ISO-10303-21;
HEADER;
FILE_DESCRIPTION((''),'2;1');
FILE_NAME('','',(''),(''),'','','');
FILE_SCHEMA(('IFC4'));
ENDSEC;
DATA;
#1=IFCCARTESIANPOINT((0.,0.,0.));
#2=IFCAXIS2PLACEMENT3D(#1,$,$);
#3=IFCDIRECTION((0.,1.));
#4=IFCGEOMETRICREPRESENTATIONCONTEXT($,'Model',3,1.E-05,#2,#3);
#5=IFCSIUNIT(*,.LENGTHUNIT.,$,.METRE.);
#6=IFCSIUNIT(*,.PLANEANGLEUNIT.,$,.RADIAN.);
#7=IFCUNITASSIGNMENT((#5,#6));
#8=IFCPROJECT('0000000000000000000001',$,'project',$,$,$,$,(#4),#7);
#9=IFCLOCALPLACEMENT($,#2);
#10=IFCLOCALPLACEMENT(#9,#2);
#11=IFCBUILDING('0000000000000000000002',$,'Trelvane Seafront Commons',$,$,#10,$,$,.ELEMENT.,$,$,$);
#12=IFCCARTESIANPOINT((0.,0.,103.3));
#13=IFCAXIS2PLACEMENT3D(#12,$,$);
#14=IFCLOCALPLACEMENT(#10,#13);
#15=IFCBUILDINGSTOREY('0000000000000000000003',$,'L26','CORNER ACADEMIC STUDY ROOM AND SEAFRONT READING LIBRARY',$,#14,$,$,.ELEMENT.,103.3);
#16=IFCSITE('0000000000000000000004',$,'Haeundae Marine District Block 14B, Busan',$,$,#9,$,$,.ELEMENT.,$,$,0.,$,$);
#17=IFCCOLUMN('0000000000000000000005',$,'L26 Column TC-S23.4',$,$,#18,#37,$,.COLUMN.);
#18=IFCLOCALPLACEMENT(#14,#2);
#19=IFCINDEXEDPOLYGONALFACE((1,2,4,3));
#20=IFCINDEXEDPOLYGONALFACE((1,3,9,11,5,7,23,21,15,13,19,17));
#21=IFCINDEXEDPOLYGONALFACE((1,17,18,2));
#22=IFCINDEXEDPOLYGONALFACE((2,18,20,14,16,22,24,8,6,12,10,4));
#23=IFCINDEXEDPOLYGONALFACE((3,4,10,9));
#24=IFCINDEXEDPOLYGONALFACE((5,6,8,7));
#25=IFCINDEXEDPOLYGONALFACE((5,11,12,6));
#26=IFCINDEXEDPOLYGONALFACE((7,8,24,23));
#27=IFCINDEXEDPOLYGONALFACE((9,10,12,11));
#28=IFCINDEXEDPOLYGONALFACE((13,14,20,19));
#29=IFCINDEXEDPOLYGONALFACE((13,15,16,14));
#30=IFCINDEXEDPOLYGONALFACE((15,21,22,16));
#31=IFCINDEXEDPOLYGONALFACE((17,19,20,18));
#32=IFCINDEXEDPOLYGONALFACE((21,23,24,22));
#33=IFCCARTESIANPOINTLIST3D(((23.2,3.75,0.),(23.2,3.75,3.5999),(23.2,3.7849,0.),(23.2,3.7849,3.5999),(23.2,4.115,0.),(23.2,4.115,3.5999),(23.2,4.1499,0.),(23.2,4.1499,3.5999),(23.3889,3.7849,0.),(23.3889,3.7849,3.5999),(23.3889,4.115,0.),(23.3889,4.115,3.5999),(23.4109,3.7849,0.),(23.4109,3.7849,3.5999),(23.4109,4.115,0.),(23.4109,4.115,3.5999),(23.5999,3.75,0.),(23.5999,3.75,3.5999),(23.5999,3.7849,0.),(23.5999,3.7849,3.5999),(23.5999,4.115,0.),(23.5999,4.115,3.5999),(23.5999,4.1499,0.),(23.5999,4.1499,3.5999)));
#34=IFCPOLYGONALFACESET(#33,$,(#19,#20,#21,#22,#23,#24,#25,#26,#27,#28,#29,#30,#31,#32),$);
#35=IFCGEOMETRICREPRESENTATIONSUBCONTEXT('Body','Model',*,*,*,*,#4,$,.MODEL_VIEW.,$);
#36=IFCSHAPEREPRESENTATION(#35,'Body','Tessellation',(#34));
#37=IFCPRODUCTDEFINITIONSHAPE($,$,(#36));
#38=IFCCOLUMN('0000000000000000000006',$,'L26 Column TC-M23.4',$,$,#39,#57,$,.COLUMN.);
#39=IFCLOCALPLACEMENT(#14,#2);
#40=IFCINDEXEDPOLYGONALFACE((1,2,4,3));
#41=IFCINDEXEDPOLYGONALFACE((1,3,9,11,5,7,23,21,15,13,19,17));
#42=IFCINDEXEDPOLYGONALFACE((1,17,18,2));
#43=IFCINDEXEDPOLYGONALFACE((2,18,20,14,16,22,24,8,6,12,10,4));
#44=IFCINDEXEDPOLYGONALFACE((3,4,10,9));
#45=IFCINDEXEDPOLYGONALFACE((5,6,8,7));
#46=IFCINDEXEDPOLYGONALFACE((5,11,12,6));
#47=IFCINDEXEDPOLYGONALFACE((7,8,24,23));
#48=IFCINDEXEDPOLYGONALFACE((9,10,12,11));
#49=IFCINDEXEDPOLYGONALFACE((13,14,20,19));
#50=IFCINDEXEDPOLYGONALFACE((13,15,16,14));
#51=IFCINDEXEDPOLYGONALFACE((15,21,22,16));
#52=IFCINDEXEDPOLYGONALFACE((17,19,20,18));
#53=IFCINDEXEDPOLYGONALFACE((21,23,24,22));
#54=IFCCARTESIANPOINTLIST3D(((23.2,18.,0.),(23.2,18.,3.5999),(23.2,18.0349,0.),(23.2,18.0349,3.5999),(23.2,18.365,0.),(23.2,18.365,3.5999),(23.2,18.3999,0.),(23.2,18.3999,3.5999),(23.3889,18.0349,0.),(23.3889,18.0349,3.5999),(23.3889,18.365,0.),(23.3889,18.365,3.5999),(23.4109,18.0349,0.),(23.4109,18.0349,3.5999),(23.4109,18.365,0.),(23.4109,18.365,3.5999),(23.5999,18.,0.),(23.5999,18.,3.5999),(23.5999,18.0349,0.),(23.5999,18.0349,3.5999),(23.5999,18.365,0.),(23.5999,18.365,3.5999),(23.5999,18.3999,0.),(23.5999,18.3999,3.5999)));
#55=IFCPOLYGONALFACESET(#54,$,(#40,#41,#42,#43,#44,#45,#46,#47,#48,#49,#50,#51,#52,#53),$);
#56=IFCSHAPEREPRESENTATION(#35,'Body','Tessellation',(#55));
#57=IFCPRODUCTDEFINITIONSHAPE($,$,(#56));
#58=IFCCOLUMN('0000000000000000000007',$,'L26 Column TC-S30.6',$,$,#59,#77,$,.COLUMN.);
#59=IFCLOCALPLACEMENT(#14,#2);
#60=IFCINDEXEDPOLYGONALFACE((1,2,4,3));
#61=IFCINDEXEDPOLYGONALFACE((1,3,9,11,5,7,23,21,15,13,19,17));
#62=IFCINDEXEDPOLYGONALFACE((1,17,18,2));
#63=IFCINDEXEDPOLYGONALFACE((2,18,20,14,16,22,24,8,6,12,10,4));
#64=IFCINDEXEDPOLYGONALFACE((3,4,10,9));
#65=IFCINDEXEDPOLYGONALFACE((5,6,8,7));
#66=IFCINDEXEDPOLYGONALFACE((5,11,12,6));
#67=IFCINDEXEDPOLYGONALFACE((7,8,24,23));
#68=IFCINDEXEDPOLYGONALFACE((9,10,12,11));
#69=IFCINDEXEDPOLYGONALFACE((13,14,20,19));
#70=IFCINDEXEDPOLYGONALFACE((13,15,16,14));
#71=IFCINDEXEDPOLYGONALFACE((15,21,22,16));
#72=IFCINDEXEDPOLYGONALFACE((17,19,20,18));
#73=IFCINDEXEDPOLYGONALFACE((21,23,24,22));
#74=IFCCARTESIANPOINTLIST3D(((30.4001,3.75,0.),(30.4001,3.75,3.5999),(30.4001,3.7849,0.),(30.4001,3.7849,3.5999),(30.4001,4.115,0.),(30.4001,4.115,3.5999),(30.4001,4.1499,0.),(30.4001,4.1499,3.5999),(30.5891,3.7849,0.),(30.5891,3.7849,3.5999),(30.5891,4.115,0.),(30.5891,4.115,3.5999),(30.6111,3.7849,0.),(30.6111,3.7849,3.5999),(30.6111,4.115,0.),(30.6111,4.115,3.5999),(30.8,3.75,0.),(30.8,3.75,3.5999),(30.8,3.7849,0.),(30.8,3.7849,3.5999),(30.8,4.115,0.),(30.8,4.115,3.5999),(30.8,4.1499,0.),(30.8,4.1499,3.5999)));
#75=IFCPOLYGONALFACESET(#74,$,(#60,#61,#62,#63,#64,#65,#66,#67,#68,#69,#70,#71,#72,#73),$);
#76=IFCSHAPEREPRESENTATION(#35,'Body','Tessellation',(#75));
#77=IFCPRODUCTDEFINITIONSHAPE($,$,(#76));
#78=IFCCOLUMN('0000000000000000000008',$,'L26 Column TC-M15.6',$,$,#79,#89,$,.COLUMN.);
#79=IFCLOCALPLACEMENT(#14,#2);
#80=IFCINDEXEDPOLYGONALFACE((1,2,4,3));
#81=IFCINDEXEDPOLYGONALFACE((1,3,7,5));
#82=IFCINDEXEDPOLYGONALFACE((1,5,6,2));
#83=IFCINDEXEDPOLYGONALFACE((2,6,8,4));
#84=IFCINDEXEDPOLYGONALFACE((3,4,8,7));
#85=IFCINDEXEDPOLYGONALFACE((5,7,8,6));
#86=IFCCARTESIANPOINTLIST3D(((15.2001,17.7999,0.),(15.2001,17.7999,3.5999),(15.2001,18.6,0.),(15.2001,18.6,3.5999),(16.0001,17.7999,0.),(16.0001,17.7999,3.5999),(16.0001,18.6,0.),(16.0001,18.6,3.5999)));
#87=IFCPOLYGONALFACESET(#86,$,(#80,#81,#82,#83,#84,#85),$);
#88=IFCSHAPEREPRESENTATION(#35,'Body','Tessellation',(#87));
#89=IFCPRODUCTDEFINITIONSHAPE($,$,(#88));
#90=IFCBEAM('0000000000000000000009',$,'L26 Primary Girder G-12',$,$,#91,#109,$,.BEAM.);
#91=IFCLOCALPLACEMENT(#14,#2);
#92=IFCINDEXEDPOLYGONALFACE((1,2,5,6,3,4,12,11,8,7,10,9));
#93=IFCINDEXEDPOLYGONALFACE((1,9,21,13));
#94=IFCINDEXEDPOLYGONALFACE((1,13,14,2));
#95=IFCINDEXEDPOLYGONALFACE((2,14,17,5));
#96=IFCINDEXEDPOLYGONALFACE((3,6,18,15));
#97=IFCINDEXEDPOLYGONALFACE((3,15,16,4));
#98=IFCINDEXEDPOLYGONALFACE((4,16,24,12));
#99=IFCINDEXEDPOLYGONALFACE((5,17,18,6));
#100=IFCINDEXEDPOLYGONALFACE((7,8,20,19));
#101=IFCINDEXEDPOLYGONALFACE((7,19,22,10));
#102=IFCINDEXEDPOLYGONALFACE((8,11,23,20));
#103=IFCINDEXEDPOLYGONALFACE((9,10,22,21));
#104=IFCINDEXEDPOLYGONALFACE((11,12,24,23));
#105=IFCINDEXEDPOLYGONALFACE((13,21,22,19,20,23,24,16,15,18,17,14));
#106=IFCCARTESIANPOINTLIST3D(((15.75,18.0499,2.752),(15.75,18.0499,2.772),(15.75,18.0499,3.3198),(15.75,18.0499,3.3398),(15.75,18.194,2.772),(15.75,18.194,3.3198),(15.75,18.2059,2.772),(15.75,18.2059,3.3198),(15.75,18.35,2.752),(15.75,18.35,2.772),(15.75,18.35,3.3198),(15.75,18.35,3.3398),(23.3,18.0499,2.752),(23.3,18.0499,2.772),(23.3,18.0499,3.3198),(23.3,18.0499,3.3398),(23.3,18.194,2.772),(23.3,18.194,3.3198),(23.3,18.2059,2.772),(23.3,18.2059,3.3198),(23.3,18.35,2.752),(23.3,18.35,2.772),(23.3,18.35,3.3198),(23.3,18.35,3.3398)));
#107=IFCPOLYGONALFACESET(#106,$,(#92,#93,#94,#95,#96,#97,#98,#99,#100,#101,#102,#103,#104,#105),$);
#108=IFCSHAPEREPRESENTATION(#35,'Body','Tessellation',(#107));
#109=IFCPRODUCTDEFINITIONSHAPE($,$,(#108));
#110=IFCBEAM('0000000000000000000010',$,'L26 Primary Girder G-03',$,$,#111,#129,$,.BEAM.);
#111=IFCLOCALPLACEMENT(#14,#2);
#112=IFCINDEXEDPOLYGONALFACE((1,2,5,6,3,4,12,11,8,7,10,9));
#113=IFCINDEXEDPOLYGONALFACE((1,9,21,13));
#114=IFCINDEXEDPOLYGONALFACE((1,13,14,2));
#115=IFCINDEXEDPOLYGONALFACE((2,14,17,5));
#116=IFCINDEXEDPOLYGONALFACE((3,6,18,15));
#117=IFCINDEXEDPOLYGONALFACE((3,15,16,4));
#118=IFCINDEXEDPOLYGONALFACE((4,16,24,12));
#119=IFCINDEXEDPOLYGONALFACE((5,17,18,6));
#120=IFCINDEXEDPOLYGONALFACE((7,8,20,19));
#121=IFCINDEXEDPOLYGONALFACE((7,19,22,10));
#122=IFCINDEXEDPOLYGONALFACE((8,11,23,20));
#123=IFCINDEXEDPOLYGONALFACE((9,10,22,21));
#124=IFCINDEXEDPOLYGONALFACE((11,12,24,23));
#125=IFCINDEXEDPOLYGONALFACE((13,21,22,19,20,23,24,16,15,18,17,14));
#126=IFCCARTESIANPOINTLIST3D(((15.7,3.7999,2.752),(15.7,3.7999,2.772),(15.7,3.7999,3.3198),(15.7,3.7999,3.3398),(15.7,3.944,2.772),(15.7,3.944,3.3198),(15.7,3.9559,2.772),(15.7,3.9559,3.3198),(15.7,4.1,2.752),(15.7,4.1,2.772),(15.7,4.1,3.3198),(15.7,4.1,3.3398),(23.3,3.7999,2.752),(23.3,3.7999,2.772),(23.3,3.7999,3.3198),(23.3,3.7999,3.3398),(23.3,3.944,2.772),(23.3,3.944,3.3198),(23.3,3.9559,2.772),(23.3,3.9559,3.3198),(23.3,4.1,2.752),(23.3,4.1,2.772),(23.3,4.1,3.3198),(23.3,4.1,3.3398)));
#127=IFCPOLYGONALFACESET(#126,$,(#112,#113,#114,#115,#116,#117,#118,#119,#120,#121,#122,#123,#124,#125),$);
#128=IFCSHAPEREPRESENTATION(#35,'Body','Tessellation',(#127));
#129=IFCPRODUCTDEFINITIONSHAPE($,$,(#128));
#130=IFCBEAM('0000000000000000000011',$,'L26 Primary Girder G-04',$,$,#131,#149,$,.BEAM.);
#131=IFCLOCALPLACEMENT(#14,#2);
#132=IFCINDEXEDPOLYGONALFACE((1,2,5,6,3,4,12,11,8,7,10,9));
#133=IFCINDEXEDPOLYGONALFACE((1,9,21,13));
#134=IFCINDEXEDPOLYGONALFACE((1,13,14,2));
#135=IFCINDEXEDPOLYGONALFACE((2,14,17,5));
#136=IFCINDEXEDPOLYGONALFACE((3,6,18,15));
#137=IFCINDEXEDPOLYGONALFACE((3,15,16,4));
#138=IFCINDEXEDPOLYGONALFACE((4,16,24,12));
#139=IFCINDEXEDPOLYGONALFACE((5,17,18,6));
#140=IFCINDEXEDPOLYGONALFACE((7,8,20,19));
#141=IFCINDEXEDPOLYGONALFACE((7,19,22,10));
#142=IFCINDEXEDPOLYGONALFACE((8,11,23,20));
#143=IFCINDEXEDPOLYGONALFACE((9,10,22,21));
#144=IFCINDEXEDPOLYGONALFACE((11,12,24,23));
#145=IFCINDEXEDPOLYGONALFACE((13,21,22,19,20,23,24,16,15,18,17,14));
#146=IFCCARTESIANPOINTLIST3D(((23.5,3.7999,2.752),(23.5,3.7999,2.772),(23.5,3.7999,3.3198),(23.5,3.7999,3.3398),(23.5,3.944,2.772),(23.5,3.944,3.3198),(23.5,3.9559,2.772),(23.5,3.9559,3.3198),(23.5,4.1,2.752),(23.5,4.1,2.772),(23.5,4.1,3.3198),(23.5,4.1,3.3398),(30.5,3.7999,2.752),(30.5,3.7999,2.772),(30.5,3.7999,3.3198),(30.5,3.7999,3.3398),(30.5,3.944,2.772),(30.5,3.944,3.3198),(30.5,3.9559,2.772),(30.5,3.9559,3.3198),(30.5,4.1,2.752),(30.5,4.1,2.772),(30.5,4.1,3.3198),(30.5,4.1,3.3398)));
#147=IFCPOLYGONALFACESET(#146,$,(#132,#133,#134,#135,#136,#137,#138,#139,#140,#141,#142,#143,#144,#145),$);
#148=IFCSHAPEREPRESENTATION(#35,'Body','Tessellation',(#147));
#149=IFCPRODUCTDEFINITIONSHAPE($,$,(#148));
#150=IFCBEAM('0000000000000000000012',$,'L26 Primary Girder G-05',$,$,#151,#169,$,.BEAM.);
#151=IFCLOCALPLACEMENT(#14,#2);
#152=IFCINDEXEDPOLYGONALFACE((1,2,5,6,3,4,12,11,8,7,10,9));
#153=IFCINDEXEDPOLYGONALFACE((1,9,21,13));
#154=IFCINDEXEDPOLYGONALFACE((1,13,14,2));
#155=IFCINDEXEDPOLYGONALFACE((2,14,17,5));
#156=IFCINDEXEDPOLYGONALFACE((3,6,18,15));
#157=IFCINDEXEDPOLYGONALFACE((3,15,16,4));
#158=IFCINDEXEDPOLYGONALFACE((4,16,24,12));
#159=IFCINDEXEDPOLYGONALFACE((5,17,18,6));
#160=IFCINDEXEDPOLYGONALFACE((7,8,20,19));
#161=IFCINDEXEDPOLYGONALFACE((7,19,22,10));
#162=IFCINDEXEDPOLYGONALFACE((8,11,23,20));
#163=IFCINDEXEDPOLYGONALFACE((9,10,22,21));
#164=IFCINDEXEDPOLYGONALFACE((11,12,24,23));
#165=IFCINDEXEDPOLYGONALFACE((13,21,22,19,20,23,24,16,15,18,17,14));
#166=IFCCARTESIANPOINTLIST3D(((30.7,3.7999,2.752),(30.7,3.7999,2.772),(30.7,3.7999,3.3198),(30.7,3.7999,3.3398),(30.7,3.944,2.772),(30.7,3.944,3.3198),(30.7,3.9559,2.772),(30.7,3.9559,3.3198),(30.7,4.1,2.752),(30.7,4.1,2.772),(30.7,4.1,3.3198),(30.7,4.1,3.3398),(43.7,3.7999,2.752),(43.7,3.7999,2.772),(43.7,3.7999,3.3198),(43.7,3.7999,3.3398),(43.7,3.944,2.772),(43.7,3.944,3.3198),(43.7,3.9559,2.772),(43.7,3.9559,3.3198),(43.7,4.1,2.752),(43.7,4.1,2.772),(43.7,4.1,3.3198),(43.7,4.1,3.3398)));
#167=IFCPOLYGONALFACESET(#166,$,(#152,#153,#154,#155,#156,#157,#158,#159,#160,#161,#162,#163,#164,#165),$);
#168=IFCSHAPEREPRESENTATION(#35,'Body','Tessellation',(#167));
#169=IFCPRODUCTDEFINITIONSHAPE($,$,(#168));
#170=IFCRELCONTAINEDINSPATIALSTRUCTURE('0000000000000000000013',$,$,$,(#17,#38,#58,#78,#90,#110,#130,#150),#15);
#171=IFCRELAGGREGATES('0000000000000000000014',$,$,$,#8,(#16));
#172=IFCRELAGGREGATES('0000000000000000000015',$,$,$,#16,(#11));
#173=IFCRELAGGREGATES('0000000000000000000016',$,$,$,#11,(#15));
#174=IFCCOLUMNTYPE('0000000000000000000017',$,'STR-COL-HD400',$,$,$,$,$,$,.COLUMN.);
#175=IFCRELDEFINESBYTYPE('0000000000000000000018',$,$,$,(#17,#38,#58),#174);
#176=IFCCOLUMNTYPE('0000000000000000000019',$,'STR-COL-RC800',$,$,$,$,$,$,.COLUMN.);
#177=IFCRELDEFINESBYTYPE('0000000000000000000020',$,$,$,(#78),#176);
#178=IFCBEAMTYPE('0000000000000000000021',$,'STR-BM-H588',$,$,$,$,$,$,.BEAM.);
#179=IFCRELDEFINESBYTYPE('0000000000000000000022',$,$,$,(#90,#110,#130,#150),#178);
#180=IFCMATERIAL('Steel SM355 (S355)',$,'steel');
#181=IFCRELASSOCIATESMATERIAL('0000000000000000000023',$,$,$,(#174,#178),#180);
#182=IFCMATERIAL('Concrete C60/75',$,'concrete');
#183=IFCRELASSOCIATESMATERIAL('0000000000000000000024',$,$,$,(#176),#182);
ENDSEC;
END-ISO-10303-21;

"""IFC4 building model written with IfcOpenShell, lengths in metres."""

from ifc_helpers import new_model, si_unit, direction, frame, origin, origin_2d, place, context, subcontext, project, spatial, rectangle, i_section, extrude, source, transform, mapped, material, material_profile, profile_set, type_object, element, save


model = new_model("IFC4")

# Units and contexts
model_context = context("Model", 3, precision=1e-05, world=origin(), true_north=direction((0.0, 1.0)))
body_context = subcontext(model_context, "Body", "Model", "MODEL_VIEW")
ifc_project = project(units=[si_unit("LENGTHUNIT", "METRE"), si_unit("PLANEANGLEUNIT", "RADIAN")], contexts=[model_context])

# Site, building, storey
site_placement = place(None, origin())
site = spatial("IfcSite", under=ifc_project, at=site_placement, Name="Haeundae Marine District Block 14B, Busan", CompositionType="ELEMENT", RefElevation=0.0)
building_placement = place(site_placement, origin())
building = spatial("IfcBuilding", under=site, at=building_placement, Name="Trelvane Seafront Commons", CompositionType="ELEMENT")
storey_placement = place(building_placement, frame((0.0, 0.0, 103.3)))
storey = spatial("IfcBuildingStorey", under=building, at=storey_placement, Name="L26", Description="CORNER ACADEMIC STUDY ROOM AND SEAFRONT READING LIBRARY", CompositionType="ELEMENT", Elevation=103.3)

# Columns
ifc_material_1 = material(Name="Steel SM355 (S355)", Category="steel")
ifc_material_profile_1 = material_profile(ifc_material_1, i_section(OverallWidth=0.3999, OverallDepth=0.3999, WebThickness=0.022, FlangeThickness=0.0349, at=origin_2d()), Name="HD-400x400x22x35")
ifc_profile_set_1 = profile_set([ifc_material_profile_1], Name="Steel SM355 (S355)")
column_type_1 = type_object("IfcColumnType", Name="STR-COL-HD400", PredefinedType="COLUMN", material=ifc_profile_set_1)
shared_shape_1 = source(origin(), body_context, "Body", "SweptSolid", [
    extrude(i_section(OverallWidth=0.3999, OverallDepth=0.3999, WebThickness=0.022, FlangeThickness=0.0349, at=origin_2d()), origin(), (0.0, 0.0, 1.0), 3.5999),
])
for number, where, z_axis, x_axis, name in (
    (1, (23.3999, 3.95, 0.0), (0.0, 0.0, 1.0), (1.0, 0.0, 0.0), "L26 Column TC-S23.4"),
    (2, (23.3999, 18.2, 0.0), (0.0, 0.0, 1.0), (1.0, 0.0, 0.0), "L26 Column TC-M23.4"),
    (3, (30.6001, 3.95, 0.0), (0.0, 0.0, 1.0), (1.0, 0.0, 0.0), "L26 Column TC-S30.6"),
):
    element("IfcColumn", number, at=place(storey_placement, frame(where, z_axis=z_axis, x_axis=x_axis)), inside=storey, type_object=column_type_1, Name=name, PredefinedType="COLUMN", context=body_context, shape_type="MappedRepresentation", body=[
        mapped(shared_shape_1, transform((0.0, 0.0, 0.0), x_axis=(1.0, 0.0, 0.0), y_axis=(0.0, 1.0, 0.0), z_axis=(0.0, 0.0, 1.0), scale=1.0)),
    ])
ifc_material_2 = material(Name="Concrete C60/75", Category="concrete")
ifc_material_profile_2 = material_profile(ifc_material_2, rectangle(XDim=0.8, YDim=0.8, at=origin_2d()), Name="RC-800x800")
ifc_profile_set_2 = profile_set([ifc_material_profile_2], Name="Concrete C60/75")
column_type_2 = type_object("IfcColumnType", Name="STR-COL-RC800", PredefinedType="COLUMN", material=ifc_profile_set_2)
shared_shape_2 = source(origin(), body_context, "Body", "SweptSolid", [
    extrude(rectangle(XDim=0.8, YDim=0.8, at=origin_2d()), origin(), (0.0, 0.0, 1.0), 3.5999),
])
column_placement = place(storey_placement, frame((15.6001, 18.2, 0.0), z_axis=(0.0, 0.0, 1.0), x_axis=(1.0, 0.0, 0.0)))
element("IfcColumn", 4, at=column_placement, inside=storey, type_object=column_type_2, Name="L26 Column TC-M15.6", PredefinedType="COLUMN", context=body_context, shape_type="MappedRepresentation", body=[
    mapped(shared_shape_2, transform((0.0, 0.0, 0.0), x_axis=(1.0, 0.0, 0.0), y_axis=(0.0, 1.0, 0.0), z_axis=(0.0, 0.0, 1.0), scale=1.0)),
])

# Beams
ifc_material_profile_3 = material_profile(ifc_material_1, i_section(OverallWidth=0.3, OverallDepth=0.5879, WebThickness=0.012, FlangeThickness=0.02, at=origin_2d()), Name="H-588x300x12x20")
ifc_profile_set_3 = profile_set([ifc_material_profile_3], Name="Steel SM355 (S355)")
beam_type_1 = type_object("IfcBeamType", Name="STR-BM-H588", PredefinedType="BEAM", material=ifc_profile_set_3)
shared_shape_3 = source(origin(), body_context, "Body", "SweptSolid", [
    extrude(i_section(OverallWidth=0.3, OverallDepth=0.5879, WebThickness=0.012, FlangeThickness=0.02, at=origin_2d()), origin(), (0.0, 0.0, 1.0), 7.55),
])
beam_1_placement = place(storey_placement, frame((15.75, 18.2, 3.0459), z_axis=(1.0, 0.0, 0.0), x_axis=(0.0, 1.0, 0.0)))
element("IfcBeam", 5, at=beam_1_placement, inside=storey, type_object=beam_type_1, Name="L26 Primary Girder G-12", PredefinedType="BEAM", context=body_context, shape_type="MappedRepresentation", body=[
    mapped(shared_shape_3, transform((0.0, 0.0, 0.0), x_axis=(1.0, 0.0, 0.0), y_axis=(0.0, 1.0, 0.0), z_axis=(0.0, 0.0, 1.0), scale=1.0)),
])
shared_shape_4 = source(origin(), body_context, "Body", "SweptSolid", [
    extrude(i_section(OverallWidth=0.3, OverallDepth=0.5879, WebThickness=0.012, FlangeThickness=0.02, at=origin_2d()), origin(), (0.0, 0.0, 1.0), 7.6001),
])
beam_2_placement = place(storey_placement, frame((15.7, 3.95, 3.0459), z_axis=(1.0, 0.0, 0.0), x_axis=(0.0, 1.0, 0.0)))
element("IfcBeam", 6, at=beam_2_placement, inside=storey, type_object=beam_type_1, Name="L26 Primary Girder G-03", PredefinedType="BEAM", context=body_context, shape_type="MappedRepresentation", body=[
    mapped(shared_shape_4, transform((0.0, 0.0, 0.0), x_axis=(1.0, 0.0, 0.0), y_axis=(0.0, 1.0, 0.0), z_axis=(0.0, 0.0, 1.0), scale=1.0)),
])
shared_shape_5 = source(origin(), body_context, "Body", "SweptSolid", [
    extrude(i_section(OverallWidth=0.3, OverallDepth=0.5879, WebThickness=0.012, FlangeThickness=0.02, at=origin_2d()), origin(), (0.0, 0.0, 1.0), 7.0),
])
beam_3_placement = place(storey_placement, frame((23.5, 3.95, 3.0459), z_axis=(1.0, 0.0, 0.0), x_axis=(0.0, 1.0, 0.0)))
element("IfcBeam", 7, at=beam_3_placement, inside=storey, type_object=beam_type_1, Name="L26 Primary Girder G-04", PredefinedType="BEAM", context=body_context, shape_type="MappedRepresentation", body=[
    mapped(shared_shape_5, transform((0.0, 0.0, 0.0), x_axis=(1.0, 0.0, 0.0), y_axis=(0.0, 1.0, 0.0), z_axis=(0.0, 0.0, 1.0), scale=1.0)),
])
shared_shape_6 = source(origin(), body_context, "Body", "SweptSolid", [
    extrude(i_section(OverallWidth=0.3, OverallDepth=0.5879, WebThickness=0.012, FlangeThickness=0.02, at=origin_2d()), origin(), (0.0, 0.0, 1.0), 13.0),
])
beam_4_placement = place(storey_placement, frame((30.7, 3.95, 3.0459), z_axis=(1.0, 0.0, 0.0), x_axis=(0.0, 1.0, 0.0)))
element("IfcBeam", 8, at=beam_4_placement, inside=storey, type_object=beam_type_1, Name="L26 Primary Girder G-05", PredefinedType="BEAM", context=body_context, shape_type="MappedRepresentation", body=[
    mapped(shared_shape_6, transform((0.0, 0.0, 0.0), x_axis=(1.0, 0.0, 0.0), y_axis=(0.0, 1.0, 0.0), z_axis=(0.0, 0.0, 1.0), scale=1.0)),
])

save(model, "model.ifc")
